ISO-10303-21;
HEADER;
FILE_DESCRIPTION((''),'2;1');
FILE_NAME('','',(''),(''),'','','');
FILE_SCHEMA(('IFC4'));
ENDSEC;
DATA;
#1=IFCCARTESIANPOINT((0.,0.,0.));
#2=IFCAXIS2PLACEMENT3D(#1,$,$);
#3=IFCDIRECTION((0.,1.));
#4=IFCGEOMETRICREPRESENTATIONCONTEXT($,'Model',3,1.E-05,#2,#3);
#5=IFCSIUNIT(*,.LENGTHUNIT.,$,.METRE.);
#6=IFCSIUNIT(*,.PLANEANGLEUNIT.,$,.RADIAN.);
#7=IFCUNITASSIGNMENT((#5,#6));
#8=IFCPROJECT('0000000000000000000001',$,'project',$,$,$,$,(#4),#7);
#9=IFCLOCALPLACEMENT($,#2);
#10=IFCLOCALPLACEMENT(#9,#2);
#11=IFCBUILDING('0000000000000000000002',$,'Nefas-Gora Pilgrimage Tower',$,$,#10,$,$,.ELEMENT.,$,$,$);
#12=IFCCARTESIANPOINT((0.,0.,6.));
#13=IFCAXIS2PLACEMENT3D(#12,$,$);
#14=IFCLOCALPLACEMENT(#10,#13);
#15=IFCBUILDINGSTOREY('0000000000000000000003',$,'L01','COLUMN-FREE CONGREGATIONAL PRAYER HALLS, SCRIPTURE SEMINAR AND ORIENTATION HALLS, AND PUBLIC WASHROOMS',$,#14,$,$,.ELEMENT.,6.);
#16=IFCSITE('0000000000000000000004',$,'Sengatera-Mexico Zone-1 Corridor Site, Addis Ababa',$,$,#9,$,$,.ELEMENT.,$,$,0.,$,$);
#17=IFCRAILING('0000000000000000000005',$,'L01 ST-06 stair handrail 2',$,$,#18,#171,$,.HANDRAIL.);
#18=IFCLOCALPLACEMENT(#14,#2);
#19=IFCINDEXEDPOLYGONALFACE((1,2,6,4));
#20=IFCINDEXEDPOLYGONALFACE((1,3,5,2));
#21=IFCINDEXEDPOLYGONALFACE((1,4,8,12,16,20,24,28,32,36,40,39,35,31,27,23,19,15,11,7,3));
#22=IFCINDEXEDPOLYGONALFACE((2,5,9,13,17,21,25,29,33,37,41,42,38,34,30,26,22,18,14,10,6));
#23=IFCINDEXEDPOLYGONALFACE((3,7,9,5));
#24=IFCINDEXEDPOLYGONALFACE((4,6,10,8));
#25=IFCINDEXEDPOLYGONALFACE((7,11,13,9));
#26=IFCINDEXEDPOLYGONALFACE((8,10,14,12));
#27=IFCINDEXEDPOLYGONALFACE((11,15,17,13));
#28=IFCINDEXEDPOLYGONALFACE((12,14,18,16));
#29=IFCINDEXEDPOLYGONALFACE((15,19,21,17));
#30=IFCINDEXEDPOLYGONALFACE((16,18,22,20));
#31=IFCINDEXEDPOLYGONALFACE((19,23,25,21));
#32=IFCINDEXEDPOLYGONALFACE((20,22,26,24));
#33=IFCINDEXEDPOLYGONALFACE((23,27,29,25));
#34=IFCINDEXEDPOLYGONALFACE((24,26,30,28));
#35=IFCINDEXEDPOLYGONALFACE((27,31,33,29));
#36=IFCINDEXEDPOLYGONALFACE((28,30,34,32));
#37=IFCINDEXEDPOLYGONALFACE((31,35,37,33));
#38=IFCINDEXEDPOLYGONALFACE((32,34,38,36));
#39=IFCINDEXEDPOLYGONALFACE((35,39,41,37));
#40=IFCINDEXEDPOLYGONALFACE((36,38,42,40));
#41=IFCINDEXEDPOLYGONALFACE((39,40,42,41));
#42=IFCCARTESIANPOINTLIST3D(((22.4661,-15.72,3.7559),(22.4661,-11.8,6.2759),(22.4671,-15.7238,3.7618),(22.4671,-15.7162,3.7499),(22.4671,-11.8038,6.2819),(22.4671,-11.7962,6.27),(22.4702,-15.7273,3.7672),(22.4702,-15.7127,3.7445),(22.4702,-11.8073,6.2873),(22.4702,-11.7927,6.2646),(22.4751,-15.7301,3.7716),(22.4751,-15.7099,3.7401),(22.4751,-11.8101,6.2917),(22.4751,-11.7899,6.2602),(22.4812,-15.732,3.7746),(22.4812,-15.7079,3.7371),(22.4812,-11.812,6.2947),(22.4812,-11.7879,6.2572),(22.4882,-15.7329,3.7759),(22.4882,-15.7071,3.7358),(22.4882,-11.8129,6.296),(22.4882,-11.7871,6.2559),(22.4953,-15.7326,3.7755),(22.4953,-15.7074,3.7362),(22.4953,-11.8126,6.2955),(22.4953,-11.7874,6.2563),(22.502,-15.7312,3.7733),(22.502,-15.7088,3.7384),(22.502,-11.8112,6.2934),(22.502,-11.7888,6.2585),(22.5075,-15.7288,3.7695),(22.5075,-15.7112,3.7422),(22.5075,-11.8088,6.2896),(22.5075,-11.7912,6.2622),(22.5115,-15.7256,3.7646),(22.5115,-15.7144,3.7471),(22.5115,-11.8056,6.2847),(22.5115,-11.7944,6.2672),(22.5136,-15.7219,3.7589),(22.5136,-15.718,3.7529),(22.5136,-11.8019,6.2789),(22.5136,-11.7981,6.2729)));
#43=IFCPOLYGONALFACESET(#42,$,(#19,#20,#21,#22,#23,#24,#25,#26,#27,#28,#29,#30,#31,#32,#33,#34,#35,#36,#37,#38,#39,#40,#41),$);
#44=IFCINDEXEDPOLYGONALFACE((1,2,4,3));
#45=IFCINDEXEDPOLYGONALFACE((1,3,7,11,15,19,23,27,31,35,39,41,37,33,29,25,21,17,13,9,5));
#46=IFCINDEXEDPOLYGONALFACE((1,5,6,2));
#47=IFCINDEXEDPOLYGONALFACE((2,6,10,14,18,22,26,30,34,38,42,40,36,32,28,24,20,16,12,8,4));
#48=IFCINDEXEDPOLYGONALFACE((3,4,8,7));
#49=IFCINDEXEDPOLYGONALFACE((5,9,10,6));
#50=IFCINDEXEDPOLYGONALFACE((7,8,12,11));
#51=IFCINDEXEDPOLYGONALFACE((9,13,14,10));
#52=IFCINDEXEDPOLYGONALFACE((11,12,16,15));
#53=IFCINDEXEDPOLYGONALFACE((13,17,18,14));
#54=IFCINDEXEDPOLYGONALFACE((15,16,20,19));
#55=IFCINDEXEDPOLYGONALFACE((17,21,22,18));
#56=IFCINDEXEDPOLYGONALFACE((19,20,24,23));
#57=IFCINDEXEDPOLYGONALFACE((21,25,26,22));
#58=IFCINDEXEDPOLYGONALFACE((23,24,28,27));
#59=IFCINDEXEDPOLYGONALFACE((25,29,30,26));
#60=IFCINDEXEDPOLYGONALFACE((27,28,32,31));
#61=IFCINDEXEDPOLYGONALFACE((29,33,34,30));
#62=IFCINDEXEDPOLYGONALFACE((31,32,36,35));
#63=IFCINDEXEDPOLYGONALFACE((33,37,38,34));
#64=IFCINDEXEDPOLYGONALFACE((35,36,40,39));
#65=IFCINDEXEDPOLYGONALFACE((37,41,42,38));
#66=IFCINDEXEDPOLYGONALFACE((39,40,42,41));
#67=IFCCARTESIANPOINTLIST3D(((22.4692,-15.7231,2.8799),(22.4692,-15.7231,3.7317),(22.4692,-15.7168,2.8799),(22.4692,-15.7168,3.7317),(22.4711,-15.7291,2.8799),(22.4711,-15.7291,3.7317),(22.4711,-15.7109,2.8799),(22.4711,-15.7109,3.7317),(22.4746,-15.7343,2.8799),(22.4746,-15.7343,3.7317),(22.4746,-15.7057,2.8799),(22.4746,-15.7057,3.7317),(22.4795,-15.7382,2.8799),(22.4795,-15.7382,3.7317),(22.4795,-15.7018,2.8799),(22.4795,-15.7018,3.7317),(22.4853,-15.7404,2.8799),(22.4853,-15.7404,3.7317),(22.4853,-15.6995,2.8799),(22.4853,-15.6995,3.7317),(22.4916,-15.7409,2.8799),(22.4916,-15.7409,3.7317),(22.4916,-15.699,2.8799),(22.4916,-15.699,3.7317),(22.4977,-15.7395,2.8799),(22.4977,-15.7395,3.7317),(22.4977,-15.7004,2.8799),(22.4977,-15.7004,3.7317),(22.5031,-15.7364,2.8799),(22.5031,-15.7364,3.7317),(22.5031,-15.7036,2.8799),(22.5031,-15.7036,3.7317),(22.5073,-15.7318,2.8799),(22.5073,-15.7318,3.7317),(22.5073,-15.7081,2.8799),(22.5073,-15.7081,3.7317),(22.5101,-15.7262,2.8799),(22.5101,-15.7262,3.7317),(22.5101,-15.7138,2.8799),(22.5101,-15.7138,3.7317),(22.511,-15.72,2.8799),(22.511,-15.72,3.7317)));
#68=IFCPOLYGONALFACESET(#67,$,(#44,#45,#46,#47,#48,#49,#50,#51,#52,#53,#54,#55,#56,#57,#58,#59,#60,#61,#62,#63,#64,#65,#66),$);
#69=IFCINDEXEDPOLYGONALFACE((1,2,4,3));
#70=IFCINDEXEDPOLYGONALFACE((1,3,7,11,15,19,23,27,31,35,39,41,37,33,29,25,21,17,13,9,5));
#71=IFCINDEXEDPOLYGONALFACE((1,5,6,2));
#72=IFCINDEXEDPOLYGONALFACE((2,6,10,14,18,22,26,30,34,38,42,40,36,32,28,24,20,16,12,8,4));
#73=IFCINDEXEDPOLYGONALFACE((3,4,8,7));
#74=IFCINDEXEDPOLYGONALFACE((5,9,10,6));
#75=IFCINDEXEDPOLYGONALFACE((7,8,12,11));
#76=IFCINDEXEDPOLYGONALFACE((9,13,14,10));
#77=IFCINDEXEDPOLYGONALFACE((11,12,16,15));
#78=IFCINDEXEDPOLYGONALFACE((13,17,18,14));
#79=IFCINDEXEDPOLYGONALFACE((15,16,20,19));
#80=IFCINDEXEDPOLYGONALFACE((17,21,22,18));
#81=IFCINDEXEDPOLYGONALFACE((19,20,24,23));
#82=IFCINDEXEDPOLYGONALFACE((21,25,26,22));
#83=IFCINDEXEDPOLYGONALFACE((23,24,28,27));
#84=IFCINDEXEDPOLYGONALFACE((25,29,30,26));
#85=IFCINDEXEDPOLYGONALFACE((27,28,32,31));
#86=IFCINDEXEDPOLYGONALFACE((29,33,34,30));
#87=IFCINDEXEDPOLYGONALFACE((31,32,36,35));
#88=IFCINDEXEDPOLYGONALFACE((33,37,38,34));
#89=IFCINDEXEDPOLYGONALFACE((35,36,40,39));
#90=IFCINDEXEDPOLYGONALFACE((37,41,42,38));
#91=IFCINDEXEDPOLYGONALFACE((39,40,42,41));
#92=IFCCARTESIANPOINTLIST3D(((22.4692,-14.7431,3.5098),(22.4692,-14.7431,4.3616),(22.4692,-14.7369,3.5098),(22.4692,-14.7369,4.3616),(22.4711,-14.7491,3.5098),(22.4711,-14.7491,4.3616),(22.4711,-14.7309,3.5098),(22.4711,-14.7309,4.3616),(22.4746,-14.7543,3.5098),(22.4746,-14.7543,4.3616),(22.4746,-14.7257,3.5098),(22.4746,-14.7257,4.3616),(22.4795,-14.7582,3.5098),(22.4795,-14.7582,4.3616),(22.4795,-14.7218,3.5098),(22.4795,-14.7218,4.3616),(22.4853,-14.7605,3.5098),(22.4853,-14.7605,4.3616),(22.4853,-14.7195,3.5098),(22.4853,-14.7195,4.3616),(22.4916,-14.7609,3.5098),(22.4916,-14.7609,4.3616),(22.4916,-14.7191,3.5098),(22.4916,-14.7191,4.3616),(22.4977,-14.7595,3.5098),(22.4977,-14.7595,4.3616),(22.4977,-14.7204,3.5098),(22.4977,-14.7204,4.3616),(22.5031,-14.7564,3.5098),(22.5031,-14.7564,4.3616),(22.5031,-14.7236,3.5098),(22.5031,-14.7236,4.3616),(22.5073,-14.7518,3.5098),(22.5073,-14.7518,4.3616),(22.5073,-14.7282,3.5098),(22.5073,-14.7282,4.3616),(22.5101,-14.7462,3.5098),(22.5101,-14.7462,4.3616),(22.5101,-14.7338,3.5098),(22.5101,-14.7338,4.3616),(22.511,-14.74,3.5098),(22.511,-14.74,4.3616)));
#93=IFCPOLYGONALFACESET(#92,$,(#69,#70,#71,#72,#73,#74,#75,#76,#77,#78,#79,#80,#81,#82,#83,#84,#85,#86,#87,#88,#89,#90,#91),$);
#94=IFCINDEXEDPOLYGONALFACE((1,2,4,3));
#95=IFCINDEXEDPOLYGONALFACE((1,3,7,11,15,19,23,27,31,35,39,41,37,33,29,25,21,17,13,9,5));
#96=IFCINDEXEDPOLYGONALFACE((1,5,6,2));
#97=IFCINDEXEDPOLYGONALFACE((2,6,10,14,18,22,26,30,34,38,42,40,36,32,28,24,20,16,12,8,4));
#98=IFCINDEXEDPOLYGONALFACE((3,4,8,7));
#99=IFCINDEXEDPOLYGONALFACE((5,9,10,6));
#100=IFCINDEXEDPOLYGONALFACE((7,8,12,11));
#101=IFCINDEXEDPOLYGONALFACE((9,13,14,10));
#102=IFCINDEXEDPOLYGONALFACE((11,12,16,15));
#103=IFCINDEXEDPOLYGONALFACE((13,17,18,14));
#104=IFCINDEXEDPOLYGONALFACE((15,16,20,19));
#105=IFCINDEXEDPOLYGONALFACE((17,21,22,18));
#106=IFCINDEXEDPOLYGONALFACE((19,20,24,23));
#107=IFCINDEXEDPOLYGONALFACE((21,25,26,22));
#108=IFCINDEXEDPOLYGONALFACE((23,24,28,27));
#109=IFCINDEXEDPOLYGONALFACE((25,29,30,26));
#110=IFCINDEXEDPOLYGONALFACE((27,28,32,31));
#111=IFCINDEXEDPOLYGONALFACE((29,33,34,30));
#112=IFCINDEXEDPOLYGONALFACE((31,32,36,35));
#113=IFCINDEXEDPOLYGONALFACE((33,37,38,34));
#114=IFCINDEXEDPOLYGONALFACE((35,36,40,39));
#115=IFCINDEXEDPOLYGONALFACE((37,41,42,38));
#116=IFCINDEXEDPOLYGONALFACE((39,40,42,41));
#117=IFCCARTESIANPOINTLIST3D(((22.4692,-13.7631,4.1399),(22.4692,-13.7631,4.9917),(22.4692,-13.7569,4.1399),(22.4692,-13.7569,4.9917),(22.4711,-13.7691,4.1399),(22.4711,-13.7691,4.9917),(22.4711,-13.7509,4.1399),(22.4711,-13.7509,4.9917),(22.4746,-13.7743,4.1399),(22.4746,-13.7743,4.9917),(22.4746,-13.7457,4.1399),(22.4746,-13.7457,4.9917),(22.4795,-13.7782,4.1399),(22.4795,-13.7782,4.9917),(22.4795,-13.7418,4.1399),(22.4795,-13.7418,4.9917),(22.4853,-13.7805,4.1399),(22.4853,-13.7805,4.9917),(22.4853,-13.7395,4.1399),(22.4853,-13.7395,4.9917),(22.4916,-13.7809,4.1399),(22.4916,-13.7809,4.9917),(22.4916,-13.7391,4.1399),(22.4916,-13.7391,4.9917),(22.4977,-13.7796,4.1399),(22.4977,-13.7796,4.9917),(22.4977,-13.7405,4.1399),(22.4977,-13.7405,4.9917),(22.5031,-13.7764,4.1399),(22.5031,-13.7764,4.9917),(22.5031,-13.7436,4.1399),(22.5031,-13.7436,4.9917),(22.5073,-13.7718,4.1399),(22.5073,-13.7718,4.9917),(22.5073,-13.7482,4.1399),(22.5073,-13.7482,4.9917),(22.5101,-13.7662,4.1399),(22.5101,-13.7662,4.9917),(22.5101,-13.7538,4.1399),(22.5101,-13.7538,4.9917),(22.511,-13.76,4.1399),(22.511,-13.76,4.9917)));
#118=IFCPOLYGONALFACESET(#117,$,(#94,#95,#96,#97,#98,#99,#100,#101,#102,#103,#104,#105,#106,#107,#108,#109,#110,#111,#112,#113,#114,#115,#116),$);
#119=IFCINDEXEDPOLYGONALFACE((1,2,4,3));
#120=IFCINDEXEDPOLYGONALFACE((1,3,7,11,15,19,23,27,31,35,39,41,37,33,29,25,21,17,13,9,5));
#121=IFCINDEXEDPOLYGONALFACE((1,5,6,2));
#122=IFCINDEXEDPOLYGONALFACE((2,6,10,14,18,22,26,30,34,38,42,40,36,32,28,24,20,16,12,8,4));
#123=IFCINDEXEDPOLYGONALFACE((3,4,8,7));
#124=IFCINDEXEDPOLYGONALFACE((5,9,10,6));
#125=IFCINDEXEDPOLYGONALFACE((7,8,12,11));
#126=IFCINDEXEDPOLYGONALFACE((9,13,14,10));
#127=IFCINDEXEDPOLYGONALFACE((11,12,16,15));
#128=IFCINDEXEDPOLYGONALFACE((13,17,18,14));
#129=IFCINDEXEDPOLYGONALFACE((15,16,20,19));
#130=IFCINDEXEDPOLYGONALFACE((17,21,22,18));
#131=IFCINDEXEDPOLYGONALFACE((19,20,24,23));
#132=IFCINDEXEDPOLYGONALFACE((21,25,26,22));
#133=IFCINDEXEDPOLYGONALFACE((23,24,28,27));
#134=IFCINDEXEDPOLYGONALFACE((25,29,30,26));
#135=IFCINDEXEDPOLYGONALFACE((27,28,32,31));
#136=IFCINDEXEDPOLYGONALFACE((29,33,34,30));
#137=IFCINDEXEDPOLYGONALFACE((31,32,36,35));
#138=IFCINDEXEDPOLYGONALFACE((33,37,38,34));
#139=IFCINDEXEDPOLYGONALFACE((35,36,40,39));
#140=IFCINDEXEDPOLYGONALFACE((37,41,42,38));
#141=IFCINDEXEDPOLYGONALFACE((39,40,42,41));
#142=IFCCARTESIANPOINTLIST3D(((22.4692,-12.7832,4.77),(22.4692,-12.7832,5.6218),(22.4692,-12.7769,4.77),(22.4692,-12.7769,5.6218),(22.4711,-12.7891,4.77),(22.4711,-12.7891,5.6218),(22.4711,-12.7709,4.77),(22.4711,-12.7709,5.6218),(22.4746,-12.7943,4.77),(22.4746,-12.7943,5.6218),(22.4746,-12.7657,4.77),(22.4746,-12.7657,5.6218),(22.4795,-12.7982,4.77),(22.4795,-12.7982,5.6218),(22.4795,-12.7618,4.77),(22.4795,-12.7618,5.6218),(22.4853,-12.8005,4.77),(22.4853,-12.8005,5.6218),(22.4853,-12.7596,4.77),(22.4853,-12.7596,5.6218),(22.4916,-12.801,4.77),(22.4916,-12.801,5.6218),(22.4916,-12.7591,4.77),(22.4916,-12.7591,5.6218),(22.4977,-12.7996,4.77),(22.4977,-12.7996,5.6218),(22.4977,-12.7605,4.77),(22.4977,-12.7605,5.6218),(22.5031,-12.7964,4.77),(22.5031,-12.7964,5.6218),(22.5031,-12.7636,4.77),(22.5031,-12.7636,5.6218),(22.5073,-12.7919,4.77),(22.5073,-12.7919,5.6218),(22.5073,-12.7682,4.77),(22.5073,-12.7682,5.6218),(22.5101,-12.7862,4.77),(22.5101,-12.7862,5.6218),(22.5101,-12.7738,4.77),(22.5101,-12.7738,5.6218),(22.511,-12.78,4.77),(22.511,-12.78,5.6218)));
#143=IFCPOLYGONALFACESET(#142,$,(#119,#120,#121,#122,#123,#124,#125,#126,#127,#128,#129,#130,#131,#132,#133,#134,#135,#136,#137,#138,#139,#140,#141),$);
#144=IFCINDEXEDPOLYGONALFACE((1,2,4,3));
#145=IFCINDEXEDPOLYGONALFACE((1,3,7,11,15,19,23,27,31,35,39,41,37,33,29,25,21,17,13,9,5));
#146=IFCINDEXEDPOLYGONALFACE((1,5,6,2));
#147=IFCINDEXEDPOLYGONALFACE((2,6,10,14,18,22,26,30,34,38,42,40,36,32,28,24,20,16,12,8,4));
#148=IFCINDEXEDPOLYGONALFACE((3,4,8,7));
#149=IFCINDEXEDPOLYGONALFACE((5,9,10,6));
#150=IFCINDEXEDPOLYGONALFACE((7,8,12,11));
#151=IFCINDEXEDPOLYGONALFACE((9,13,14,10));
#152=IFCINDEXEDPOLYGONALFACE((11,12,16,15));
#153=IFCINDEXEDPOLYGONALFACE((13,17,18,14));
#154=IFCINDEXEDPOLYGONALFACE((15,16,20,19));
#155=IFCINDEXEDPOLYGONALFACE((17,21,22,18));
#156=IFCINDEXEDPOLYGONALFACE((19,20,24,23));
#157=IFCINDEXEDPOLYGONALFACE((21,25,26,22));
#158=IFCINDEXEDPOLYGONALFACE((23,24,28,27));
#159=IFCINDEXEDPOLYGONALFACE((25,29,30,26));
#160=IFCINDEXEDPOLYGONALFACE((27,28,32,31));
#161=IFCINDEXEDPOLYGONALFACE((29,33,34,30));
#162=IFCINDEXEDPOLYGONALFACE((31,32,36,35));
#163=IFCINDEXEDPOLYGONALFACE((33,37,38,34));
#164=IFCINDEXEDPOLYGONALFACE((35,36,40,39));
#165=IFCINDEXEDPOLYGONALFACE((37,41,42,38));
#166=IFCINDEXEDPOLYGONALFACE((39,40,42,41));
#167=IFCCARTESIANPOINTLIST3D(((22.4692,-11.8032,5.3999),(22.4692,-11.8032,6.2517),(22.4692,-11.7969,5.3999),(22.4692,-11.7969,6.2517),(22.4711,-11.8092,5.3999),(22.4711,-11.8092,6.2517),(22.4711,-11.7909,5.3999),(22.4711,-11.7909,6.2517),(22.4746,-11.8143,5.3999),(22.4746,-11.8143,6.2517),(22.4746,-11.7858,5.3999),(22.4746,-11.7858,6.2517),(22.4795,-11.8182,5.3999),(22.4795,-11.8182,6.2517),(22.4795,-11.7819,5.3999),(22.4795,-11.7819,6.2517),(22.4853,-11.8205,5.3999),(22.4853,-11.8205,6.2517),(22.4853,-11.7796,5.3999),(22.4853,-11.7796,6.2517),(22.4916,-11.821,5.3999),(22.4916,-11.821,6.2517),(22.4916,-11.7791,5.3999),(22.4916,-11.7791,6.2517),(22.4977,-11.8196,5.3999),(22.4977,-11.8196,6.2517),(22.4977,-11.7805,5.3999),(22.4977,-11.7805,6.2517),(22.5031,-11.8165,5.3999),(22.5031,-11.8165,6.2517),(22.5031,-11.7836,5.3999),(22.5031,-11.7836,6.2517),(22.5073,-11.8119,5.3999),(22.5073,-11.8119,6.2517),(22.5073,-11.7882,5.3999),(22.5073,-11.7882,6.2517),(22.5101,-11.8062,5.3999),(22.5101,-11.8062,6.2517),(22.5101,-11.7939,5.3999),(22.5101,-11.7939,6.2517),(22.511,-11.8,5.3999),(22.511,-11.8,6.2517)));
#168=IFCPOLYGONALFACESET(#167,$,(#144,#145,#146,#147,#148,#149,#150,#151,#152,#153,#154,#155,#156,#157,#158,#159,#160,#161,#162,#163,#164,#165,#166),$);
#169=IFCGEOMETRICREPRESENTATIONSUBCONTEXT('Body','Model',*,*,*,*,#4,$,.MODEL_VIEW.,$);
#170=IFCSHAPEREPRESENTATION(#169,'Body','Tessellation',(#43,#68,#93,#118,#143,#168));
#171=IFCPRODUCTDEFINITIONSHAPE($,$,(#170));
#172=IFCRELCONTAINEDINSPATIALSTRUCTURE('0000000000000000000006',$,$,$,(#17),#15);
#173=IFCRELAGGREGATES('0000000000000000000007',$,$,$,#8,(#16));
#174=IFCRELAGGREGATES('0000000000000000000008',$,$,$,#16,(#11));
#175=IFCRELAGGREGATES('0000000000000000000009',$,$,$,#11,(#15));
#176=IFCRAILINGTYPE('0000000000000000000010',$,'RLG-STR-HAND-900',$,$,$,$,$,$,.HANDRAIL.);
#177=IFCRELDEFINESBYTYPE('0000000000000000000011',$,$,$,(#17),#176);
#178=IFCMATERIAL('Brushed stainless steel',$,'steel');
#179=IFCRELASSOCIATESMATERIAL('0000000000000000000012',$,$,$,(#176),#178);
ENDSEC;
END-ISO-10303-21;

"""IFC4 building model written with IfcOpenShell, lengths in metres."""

from ifc_helpers import new_model, si_unit, direction, frame, origin, origin_2d, place, context, subcontext, project, spatial, circle, extrude, material, type_object, element, save


model = new_model("IFC4")

# Units and contexts
model_context = context("Model", 3, precision=1e-05, world=origin(), true_north=direction((0.0, 1.0)))
body_context = subcontext(model_context, "Body", "Model", "MODEL_VIEW")
ifc_project = project(units=[si_unit("LENGTHUNIT", "METRE"), si_unit("PLANEANGLEUNIT", "RADIAN")], contexts=[model_context])

# Site, building, storey
site_placement = place(None, origin())
site = spatial("IfcSite", under=ifc_project, at=site_placement, Name="Sengatera-Mexico Zone-1 Corridor Site, Addis Ababa", CompositionType="ELEMENT", RefElevation=0.0)
building_placement = place(site_placement, origin())
building = spatial("IfcBuilding", under=site, at=building_placement, Name="Nefas-Gora Pilgrimage Tower", CompositionType="ELEMENT")
storey_placement = place(building_placement, frame((0.0, 0.0, 6.0)))
storey = spatial("IfcBuildingStorey", under=building, at=storey_placement, Name="L01", Description="COLUMN-FREE CONGREGATIONAL PRAYER HALLS, SCRIPTURE SEMINAR AND ORIENTATION HALLS, AND PUBLIC WASHROOMS", CompositionType="ELEMENT", Elevation=6.0)

# Railing
ifc_material_1 = material(Name="Brushed stainless steel", Category="steel")
railing_type_1 = type_object("IfcRailingType", Name="RLG-STR-HAND-900", PredefinedType="HANDRAIL", material=ifc_material_1)
railing_1_placement = place(storey_placement, frame((22.49, -15.72, 2.8799)))
element("IfcRailing", 1, at=railing_1_placement, inside=storey, type_object=railing_type_1, Name="L01 ST-06 stair handrail 2", PredefinedType="HANDRAIL", context=body_context, shape_type="SweptSolid", body=[
    extrude(circle(Radius=0.0239, at=origin_2d()), frame((0.0, 0.0, 0.876), z_axis=(0.0, 0.841172, 0.540768), x_axis=(-1.0, 0.0, 0.0)), (0.0, 0.0, 1.0), 4.6602),
    extrude(circle(Radius=0.021, at=origin_2d()), origin(), (0.0, 0.0, 1.0), 0.8518),
    extrude(circle(Radius=0.021, at=origin_2d()), frame((0.0, 0.98, 0.6299)), (0.0, 0.0, 1.0), 0.8518),
    extrude(circle(Radius=0.021, at=origin_2d()), frame((0.0, 1.96, 1.26)), (0.0, 0.0, 1.0), 0.8518),
    extrude(circle(Radius=0.021, at=origin_2d()), frame((0.0, 2.9399, 1.8901)), (0.0, 0.0, 1.0), 0.8518),
    extrude(circle(Radius=0.021, at=origin_2d()), frame((0.0, 3.9199, 2.52)), (0.0, 0.0, 1.0), 0.8518),
])

save(model, "model.ifc")
